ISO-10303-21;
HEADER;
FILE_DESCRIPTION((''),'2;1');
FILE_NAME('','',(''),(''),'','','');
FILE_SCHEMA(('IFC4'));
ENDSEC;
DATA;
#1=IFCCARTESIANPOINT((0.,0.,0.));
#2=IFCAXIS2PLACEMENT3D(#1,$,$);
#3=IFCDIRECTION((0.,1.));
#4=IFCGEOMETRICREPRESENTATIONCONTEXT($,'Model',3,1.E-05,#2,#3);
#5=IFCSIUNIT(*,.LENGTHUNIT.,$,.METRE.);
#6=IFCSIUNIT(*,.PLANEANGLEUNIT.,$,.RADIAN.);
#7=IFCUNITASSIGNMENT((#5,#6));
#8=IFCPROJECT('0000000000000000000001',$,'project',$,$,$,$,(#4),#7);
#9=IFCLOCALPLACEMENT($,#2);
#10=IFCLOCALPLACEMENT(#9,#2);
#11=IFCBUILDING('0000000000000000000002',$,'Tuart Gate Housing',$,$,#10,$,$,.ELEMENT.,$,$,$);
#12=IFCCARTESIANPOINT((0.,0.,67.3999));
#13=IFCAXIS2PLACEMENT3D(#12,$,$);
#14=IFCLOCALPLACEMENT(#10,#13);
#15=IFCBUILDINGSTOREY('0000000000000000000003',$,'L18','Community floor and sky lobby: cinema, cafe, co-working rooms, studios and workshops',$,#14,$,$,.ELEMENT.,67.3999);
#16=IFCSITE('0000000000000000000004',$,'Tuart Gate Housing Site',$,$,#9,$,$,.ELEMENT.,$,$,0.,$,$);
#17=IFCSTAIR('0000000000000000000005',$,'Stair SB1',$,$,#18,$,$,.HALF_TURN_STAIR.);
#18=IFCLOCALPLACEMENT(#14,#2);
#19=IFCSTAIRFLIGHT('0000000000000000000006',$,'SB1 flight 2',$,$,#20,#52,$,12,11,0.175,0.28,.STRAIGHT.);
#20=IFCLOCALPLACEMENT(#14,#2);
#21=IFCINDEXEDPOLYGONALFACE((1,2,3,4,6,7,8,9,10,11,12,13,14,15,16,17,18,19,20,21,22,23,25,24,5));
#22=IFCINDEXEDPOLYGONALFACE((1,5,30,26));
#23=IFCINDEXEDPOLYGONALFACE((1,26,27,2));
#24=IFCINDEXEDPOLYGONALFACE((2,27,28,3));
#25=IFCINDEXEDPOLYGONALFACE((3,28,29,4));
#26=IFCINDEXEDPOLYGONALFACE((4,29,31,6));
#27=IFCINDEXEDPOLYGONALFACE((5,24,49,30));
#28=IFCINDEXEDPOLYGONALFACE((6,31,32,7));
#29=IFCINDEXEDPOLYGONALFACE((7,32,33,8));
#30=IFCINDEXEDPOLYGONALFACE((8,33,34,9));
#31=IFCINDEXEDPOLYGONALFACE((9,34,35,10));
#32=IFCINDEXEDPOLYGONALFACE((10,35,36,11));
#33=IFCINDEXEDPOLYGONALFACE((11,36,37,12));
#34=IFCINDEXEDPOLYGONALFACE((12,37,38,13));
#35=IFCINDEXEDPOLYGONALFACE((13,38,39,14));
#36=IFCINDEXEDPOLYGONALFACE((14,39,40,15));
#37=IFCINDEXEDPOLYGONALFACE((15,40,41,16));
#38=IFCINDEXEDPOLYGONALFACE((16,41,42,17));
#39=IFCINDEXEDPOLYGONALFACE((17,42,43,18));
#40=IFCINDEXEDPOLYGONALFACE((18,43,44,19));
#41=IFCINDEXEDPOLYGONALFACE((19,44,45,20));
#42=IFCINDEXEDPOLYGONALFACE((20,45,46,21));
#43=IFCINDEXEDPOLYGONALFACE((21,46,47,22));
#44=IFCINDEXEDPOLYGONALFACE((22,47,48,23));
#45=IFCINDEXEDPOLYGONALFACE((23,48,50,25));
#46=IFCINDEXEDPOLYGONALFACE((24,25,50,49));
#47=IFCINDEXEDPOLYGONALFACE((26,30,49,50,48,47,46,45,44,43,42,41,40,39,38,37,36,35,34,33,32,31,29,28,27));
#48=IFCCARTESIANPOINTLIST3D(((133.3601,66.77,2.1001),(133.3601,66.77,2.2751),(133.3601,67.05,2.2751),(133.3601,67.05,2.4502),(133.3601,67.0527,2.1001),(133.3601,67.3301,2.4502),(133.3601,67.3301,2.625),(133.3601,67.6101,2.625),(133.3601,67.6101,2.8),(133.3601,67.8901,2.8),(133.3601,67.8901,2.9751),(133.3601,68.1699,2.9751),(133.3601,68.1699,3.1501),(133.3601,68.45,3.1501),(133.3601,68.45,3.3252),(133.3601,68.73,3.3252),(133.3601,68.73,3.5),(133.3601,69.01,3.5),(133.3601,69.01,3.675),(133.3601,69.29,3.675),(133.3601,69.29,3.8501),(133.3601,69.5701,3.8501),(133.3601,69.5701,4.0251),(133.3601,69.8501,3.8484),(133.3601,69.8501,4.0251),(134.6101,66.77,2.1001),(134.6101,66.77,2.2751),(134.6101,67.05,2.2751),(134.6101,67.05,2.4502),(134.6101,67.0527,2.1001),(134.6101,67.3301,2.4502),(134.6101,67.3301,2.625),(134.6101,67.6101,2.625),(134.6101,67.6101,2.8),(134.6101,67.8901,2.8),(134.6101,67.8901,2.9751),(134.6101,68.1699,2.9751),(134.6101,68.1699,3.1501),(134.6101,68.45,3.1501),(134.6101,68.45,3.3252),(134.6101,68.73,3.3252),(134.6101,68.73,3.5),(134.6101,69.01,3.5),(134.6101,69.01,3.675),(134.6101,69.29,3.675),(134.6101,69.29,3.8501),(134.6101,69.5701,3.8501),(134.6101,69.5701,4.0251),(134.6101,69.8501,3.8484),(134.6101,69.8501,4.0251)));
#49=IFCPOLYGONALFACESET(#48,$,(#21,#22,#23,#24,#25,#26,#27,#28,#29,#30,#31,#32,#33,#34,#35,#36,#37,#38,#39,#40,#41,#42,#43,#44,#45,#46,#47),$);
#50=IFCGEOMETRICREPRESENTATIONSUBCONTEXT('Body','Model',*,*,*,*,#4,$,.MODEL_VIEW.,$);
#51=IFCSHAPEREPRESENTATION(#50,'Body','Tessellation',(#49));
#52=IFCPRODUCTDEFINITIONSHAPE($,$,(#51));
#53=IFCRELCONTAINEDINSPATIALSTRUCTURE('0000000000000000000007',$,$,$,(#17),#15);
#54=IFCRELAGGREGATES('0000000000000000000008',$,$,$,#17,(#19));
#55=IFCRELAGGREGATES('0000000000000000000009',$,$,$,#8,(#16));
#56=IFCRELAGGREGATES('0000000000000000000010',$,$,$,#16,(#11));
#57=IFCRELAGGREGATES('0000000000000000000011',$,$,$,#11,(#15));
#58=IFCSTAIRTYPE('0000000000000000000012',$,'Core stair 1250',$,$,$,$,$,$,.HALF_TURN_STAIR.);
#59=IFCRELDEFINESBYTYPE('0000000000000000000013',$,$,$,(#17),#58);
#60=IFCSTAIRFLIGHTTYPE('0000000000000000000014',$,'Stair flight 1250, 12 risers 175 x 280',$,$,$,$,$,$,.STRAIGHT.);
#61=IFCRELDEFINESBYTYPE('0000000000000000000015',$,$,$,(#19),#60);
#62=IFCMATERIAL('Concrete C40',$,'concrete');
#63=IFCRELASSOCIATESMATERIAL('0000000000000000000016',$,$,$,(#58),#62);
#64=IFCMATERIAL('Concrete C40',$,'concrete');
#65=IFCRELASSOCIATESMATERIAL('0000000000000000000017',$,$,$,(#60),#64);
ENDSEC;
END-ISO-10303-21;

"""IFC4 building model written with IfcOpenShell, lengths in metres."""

from ifc_helpers import new_model, si_unit, direction, frame, origin, place, context, subcontext, project, spatial, polyline, outline, extrude, material, type_object, element, aggregate, save


model = new_model("IFC4")

# Units and contexts
model_context = context("Model", 3, precision=1e-05, world=origin(), true_north=direction((0.0, 1.0)))
body_context = subcontext(model_context, "Body", "Model", "MODEL_VIEW")
ifc_project = project(units=[si_unit("LENGTHUNIT", "METRE"), si_unit("PLANEANGLEUNIT", "RADIAN")], contexts=[model_context])

# Site, building, storey
site_placement = place(None, origin())
site = spatial("IfcSite", under=ifc_project, at=site_placement, Name="Tuart Gate Housing Site", CompositionType="ELEMENT", RefElevation=0.0)
building_placement = place(site_placement, origin())
building = spatial("IfcBuilding", under=site, at=building_placement, Name="Tuart Gate Housing", CompositionType="ELEMENT")
storey_placement = place(building_placement, frame((0.0, 0.0, 67.3999)))
storey = spatial("IfcBuildingStorey", under=building, at=storey_placement, Name="L18", Description="Community floor and sky lobby: cinema, cafe, co-working rooms, studios and workshops", CompositionType="ELEMENT", Elevation=67.3999)

# Stair, stair flight
ifc_material_1 = material(Name="Concrete C40", Category="concrete")
stair_type = type_object("IfcStairType", Name="Core stair 1250", PredefinedType="HALF_TURN_STAIR", material=ifc_material_1)
stair_placement = place(storey_placement, origin())
stair = element("IfcStair", 1, at=stair_placement, inside=storey, type_object=stair_type, Name="Stair SB1", PredefinedType="HALF_TURN_STAIR")
ifc_material_2 = material(Name="Concrete C40", Category="concrete")
stair_flight_type = type_object("IfcStairFlightType", Name="Stair flight 1250, 12 risers 175 x 280", PredefinedType="STRAIGHT", material=ifc_material_2)
stair_flight_1_placement = place(storey_placement, frame((133.9851, 66.77, 2.1001), z_axis=(0.0, 0.0, 1.0), x_axis=(0.0, 1.0, 0.0)))
stair_flight_1 = element("IfcStairFlight", 2, at=stair_flight_1_placement, type_object=stair_flight_type, Name="SB1 flight 2", NumberOfRisers=12, NumberOfTreads=11, PredefinedType="STRAIGHT", RiserHeight=0.175, TreadLength=0.28, context=body_context, shape_type="SweptSolid", body=[
    extrude(outline(polyline([(0.0, 0.0), (0.0, 0.175), (0.28, 0.175), (0.28, 0.3501), (0.5601, 0.3501), (0.5601, 0.5249), (0.8401, 0.5249), (0.8401, 0.7), (1.1201, 0.7), (1.1201, 0.875), (1.3999, 0.875), (1.3999, 1.05), (1.6799, 1.05), (1.6799, 1.2251), (1.96, 1.2251), (1.96, 1.3999), (2.24, 1.3999), (2.24, 1.575), (2.52, 1.575), (2.52, 1.75), (2.8, 1.75), (2.8, 1.925), (3.0801, 1.925), (3.0801, 2.1001), (3.0801, 1.7483), (0.2827, 0.0), (0.0, 0.0)])), frame((0.0, 0.625, 0.0), z_axis=(0.0, -1.0, 0.0), x_axis=(1.0, 0.0, 0.0)), (0.0, 0.0, 1.0), 1.25),
])
aggregate(stair, [stair_flight_1])

save(model, "model.ifc")
